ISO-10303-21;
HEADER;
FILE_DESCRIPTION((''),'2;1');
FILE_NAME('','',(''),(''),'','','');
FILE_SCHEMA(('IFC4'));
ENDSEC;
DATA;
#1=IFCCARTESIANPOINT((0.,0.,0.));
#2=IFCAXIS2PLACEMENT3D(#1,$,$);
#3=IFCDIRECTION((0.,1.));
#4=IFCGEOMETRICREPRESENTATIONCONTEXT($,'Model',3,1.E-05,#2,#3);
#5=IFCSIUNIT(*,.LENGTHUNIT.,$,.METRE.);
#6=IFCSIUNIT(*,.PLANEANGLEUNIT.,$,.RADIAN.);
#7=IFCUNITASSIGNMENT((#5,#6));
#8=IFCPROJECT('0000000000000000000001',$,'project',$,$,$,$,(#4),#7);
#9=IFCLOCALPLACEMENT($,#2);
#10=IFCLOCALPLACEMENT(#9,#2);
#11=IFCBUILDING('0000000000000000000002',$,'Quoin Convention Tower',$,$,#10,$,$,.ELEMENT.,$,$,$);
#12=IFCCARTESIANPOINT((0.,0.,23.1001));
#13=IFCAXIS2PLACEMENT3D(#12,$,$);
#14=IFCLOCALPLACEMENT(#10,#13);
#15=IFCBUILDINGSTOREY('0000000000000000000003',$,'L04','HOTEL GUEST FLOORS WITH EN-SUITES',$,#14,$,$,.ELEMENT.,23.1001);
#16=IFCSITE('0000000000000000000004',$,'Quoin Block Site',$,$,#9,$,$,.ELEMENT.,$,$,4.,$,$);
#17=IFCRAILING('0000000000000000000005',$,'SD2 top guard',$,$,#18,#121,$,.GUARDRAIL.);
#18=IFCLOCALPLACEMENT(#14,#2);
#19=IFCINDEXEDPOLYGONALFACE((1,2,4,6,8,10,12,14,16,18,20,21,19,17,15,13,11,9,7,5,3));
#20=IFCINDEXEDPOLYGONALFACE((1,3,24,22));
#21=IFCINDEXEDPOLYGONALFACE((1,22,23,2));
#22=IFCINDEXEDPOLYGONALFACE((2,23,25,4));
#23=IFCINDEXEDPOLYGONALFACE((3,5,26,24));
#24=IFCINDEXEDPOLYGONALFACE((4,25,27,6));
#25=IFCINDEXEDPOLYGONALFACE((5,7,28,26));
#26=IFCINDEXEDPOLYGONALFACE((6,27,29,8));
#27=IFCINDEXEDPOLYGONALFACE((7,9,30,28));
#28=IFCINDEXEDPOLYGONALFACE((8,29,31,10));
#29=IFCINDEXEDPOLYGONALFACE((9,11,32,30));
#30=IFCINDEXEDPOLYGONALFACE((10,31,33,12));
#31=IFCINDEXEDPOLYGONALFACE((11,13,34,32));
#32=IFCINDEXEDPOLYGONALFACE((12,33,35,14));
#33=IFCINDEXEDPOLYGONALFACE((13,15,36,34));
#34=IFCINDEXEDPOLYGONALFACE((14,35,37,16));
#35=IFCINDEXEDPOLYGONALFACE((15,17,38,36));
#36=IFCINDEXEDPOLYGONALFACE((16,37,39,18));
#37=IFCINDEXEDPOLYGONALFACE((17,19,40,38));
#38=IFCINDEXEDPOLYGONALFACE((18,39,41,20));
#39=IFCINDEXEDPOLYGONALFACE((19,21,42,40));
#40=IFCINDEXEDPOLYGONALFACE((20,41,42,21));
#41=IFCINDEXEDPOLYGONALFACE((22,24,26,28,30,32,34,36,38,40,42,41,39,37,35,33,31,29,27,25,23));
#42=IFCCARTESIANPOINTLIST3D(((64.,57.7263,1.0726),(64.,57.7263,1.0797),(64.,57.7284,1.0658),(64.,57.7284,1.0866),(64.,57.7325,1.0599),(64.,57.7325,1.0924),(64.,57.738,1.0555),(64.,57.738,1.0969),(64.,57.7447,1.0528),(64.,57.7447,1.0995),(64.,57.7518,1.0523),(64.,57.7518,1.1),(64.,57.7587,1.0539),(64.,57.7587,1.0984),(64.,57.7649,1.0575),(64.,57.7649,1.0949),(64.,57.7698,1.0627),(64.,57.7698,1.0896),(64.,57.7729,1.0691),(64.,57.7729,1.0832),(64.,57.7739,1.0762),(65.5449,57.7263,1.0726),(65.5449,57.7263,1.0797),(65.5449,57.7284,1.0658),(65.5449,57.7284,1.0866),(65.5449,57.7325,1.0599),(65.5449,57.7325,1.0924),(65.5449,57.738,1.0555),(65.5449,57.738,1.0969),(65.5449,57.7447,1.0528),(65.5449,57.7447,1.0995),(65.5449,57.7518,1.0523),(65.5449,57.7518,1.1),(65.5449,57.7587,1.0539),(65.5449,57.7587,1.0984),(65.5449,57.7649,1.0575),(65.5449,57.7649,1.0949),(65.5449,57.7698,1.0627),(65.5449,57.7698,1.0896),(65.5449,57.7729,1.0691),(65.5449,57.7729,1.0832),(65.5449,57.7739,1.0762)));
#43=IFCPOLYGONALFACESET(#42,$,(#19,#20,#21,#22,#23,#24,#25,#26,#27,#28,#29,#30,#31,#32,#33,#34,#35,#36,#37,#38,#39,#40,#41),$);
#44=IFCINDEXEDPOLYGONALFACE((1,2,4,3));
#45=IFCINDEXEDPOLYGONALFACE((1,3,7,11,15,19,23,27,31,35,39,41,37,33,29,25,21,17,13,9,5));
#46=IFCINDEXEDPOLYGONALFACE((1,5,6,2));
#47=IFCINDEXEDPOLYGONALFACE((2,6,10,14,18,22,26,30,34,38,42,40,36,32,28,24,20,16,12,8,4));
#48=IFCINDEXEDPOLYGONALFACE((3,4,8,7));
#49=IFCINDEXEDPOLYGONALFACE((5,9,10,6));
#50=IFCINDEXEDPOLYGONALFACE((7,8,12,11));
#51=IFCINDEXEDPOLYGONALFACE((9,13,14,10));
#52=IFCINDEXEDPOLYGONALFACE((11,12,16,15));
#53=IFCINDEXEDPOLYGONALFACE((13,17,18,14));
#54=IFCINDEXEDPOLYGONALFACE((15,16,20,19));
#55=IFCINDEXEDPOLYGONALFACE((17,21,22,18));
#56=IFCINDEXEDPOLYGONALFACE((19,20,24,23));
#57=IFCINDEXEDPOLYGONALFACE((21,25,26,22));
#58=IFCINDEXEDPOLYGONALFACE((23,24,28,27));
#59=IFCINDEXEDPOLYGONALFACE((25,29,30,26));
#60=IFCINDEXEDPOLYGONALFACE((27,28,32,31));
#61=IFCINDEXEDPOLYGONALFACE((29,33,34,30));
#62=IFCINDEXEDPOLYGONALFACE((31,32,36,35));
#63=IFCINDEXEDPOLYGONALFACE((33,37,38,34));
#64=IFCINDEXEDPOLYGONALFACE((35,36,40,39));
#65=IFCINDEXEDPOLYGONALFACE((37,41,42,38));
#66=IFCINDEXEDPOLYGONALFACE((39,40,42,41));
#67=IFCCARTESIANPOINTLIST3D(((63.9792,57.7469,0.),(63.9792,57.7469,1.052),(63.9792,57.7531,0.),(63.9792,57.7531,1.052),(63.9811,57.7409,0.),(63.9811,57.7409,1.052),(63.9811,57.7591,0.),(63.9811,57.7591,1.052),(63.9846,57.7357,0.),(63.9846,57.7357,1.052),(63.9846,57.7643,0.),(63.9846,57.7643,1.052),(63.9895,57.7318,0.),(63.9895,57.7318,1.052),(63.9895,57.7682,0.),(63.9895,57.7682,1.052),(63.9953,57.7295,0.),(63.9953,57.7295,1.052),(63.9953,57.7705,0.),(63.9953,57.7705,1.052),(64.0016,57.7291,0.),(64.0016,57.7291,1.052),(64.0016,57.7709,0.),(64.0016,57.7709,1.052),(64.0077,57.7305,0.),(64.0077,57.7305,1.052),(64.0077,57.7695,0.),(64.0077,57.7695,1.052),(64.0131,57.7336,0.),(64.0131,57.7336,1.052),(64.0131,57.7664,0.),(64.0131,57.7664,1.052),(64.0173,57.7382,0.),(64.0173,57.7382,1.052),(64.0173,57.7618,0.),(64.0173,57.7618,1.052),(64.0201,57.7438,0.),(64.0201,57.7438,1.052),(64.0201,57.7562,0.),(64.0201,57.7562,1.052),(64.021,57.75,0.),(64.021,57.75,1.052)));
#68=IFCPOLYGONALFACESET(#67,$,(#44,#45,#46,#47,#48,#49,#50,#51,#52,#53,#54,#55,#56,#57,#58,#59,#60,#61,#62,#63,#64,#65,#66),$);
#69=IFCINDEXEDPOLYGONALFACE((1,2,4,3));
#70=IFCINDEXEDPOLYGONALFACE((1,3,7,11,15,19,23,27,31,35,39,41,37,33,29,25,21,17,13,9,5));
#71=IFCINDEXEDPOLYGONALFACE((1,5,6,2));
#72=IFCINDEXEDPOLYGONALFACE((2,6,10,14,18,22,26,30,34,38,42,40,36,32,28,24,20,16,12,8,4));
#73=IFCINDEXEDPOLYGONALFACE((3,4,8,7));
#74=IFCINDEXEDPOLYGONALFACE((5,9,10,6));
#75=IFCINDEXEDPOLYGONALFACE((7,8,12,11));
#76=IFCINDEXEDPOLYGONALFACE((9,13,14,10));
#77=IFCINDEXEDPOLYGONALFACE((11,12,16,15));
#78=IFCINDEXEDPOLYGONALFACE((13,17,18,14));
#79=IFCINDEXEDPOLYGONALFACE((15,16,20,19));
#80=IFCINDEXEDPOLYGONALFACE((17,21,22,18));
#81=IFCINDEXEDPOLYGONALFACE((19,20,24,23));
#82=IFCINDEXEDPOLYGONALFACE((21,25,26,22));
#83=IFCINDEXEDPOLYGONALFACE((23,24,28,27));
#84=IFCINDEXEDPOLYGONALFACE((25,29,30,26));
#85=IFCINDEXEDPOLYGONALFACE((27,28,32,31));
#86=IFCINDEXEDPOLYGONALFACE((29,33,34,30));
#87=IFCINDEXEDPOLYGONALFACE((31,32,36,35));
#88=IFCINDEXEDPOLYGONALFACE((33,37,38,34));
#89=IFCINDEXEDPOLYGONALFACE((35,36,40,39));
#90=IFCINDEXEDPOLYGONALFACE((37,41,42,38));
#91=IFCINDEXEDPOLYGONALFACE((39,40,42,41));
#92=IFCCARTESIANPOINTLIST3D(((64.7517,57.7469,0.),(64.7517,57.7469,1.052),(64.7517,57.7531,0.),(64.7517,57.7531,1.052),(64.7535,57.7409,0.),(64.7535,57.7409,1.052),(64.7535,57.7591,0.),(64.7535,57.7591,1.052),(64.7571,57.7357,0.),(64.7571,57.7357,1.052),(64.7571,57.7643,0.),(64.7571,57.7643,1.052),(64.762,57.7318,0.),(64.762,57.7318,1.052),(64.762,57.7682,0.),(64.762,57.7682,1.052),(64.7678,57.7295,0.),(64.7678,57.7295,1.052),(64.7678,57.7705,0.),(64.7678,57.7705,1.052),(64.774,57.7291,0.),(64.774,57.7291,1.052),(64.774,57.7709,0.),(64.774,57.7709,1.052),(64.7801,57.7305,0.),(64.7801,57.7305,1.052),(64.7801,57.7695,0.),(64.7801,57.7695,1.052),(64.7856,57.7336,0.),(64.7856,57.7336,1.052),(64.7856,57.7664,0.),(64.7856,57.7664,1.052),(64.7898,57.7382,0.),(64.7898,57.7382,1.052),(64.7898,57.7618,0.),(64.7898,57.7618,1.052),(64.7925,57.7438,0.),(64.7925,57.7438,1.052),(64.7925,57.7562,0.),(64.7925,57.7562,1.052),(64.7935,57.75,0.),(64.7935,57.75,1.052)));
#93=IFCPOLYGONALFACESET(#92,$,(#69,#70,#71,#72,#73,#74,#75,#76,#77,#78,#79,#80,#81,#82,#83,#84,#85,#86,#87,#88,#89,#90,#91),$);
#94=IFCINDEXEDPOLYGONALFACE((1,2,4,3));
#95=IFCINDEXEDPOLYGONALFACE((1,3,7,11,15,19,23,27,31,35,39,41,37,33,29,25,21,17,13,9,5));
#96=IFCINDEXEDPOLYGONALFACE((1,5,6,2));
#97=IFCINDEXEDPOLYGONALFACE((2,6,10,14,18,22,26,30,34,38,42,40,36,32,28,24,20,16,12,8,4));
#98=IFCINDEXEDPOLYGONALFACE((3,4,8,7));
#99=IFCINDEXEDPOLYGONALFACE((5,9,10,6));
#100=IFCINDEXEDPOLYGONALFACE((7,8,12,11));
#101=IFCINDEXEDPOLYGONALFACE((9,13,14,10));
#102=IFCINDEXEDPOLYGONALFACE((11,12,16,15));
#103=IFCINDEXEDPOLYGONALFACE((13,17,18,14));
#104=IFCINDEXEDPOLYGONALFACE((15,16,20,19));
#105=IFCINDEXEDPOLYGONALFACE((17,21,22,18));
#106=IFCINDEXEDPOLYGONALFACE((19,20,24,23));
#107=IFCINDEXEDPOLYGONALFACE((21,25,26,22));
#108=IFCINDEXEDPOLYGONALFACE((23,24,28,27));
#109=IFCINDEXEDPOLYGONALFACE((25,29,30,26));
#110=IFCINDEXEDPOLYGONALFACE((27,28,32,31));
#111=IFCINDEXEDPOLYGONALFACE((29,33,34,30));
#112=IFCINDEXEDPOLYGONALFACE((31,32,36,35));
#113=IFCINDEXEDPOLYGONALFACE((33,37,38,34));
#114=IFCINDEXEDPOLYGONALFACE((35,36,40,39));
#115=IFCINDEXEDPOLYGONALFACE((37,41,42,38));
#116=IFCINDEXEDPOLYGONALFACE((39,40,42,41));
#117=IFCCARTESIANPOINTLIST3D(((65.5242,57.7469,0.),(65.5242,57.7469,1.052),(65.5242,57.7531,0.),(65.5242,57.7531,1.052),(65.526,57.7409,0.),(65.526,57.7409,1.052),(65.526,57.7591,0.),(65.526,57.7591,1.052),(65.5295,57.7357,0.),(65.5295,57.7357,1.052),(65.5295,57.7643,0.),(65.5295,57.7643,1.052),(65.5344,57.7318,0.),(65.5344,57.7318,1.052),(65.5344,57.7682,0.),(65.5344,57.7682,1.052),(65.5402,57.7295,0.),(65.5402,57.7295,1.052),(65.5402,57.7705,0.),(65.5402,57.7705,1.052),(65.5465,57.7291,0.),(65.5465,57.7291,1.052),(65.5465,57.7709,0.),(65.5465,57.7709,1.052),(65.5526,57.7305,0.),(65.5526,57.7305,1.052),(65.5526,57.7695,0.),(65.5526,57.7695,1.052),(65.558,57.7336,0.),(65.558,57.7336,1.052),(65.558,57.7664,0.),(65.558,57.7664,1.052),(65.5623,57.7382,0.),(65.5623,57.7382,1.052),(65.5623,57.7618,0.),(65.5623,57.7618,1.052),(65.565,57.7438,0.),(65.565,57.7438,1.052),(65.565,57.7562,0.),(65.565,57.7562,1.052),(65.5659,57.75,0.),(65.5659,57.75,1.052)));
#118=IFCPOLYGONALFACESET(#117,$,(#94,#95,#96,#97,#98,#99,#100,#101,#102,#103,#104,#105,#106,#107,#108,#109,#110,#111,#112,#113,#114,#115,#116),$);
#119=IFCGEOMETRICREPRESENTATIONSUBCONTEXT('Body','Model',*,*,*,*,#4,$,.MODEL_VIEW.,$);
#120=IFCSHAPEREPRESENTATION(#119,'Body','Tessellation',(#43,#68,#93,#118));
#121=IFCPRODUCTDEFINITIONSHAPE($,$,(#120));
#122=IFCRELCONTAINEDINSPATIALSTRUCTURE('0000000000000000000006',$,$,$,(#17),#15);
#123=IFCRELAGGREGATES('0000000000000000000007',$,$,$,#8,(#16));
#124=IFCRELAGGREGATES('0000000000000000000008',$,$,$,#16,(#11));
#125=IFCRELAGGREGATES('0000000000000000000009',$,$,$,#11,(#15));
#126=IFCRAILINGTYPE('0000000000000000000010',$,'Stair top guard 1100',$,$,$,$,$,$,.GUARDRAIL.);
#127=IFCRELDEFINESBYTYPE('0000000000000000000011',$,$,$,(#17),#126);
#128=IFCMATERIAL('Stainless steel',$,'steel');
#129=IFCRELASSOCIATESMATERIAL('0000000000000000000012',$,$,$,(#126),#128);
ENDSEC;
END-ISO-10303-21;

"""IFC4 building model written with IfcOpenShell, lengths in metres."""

from ifc_helpers import new_model, si_unit, direction, frame, origin, origin_2d, place, context, subcontext, project, spatial, circle, extrude, material, type_object, element, save


model = new_model("IFC4")

# Units and contexts
model_context = context("Model", 3, precision=1e-05, world=origin(), true_north=direction((0.0, 1.0)))
body_context = subcontext(model_context, "Body", "Model", "MODEL_VIEW")
ifc_project = project(units=[si_unit("LENGTHUNIT", "METRE"), si_unit("PLANEANGLEUNIT", "RADIAN")], contexts=[model_context])

# Site, building, storey
site_placement = place(None, origin())
site = spatial("IfcSite", under=ifc_project, at=site_placement, Name="Quoin Block Site", CompositionType="ELEMENT", RefElevation=4.0)
building_placement = place(site_placement, origin())
building = spatial("IfcBuilding", under=site, at=building_placement, Name="Quoin Convention Tower", CompositionType="ELEMENT")
storey_placement = place(building_placement, frame((0.0, 0.0, 23.1001)))
storey = spatial("IfcBuildingStorey", under=building, at=storey_placement, Name="L04", Description="HOTEL GUEST FLOORS WITH EN-SUITES", CompositionType="ELEMENT", Elevation=23.1001)

# Railing
ifc_material_1 = material(Name="Stainless steel", Category="steel")
railing_type_1 = type_object("IfcRailingType", Name="Stair top guard 1100", PredefinedType="GUARDRAIL", material=ifc_material_1)
railing_1_placement = place(storey_placement, frame((64.0, 57.75, 0.0)))
element("IfcRailing", 1, at=railing_1_placement, inside=storey, type_object=railing_type_1, Name="SD2 top guard", PredefinedType="GUARDRAIL", context=body_context, shape_type="SweptSolid", body=[
    extrude(circle(Radius=0.0239, at=origin_2d()), frame((0.0, 0.0, 1.0762), z_axis=(1.0, 0.0, 0.0), x_axis=(0.0, 1.0, 0.0)), (0.0, 0.0, 1.0), 1.5449),
    extrude(circle(Radius=0.021, at=origin_2d()), origin(), (0.0, 0.0, 1.0), 1.052),
    extrude(circle(Radius=0.021, at=origin_2d()), frame((0.7725, 0.0, 0.0)), (0.0, 0.0, 1.0), 1.052),
    extrude(circle(Radius=0.021, at=origin_2d()), frame((1.5449, 0.0, 0.0)), (0.0, 0.0, 1.0), 1.052),
])

save(model, "model.ifc")
